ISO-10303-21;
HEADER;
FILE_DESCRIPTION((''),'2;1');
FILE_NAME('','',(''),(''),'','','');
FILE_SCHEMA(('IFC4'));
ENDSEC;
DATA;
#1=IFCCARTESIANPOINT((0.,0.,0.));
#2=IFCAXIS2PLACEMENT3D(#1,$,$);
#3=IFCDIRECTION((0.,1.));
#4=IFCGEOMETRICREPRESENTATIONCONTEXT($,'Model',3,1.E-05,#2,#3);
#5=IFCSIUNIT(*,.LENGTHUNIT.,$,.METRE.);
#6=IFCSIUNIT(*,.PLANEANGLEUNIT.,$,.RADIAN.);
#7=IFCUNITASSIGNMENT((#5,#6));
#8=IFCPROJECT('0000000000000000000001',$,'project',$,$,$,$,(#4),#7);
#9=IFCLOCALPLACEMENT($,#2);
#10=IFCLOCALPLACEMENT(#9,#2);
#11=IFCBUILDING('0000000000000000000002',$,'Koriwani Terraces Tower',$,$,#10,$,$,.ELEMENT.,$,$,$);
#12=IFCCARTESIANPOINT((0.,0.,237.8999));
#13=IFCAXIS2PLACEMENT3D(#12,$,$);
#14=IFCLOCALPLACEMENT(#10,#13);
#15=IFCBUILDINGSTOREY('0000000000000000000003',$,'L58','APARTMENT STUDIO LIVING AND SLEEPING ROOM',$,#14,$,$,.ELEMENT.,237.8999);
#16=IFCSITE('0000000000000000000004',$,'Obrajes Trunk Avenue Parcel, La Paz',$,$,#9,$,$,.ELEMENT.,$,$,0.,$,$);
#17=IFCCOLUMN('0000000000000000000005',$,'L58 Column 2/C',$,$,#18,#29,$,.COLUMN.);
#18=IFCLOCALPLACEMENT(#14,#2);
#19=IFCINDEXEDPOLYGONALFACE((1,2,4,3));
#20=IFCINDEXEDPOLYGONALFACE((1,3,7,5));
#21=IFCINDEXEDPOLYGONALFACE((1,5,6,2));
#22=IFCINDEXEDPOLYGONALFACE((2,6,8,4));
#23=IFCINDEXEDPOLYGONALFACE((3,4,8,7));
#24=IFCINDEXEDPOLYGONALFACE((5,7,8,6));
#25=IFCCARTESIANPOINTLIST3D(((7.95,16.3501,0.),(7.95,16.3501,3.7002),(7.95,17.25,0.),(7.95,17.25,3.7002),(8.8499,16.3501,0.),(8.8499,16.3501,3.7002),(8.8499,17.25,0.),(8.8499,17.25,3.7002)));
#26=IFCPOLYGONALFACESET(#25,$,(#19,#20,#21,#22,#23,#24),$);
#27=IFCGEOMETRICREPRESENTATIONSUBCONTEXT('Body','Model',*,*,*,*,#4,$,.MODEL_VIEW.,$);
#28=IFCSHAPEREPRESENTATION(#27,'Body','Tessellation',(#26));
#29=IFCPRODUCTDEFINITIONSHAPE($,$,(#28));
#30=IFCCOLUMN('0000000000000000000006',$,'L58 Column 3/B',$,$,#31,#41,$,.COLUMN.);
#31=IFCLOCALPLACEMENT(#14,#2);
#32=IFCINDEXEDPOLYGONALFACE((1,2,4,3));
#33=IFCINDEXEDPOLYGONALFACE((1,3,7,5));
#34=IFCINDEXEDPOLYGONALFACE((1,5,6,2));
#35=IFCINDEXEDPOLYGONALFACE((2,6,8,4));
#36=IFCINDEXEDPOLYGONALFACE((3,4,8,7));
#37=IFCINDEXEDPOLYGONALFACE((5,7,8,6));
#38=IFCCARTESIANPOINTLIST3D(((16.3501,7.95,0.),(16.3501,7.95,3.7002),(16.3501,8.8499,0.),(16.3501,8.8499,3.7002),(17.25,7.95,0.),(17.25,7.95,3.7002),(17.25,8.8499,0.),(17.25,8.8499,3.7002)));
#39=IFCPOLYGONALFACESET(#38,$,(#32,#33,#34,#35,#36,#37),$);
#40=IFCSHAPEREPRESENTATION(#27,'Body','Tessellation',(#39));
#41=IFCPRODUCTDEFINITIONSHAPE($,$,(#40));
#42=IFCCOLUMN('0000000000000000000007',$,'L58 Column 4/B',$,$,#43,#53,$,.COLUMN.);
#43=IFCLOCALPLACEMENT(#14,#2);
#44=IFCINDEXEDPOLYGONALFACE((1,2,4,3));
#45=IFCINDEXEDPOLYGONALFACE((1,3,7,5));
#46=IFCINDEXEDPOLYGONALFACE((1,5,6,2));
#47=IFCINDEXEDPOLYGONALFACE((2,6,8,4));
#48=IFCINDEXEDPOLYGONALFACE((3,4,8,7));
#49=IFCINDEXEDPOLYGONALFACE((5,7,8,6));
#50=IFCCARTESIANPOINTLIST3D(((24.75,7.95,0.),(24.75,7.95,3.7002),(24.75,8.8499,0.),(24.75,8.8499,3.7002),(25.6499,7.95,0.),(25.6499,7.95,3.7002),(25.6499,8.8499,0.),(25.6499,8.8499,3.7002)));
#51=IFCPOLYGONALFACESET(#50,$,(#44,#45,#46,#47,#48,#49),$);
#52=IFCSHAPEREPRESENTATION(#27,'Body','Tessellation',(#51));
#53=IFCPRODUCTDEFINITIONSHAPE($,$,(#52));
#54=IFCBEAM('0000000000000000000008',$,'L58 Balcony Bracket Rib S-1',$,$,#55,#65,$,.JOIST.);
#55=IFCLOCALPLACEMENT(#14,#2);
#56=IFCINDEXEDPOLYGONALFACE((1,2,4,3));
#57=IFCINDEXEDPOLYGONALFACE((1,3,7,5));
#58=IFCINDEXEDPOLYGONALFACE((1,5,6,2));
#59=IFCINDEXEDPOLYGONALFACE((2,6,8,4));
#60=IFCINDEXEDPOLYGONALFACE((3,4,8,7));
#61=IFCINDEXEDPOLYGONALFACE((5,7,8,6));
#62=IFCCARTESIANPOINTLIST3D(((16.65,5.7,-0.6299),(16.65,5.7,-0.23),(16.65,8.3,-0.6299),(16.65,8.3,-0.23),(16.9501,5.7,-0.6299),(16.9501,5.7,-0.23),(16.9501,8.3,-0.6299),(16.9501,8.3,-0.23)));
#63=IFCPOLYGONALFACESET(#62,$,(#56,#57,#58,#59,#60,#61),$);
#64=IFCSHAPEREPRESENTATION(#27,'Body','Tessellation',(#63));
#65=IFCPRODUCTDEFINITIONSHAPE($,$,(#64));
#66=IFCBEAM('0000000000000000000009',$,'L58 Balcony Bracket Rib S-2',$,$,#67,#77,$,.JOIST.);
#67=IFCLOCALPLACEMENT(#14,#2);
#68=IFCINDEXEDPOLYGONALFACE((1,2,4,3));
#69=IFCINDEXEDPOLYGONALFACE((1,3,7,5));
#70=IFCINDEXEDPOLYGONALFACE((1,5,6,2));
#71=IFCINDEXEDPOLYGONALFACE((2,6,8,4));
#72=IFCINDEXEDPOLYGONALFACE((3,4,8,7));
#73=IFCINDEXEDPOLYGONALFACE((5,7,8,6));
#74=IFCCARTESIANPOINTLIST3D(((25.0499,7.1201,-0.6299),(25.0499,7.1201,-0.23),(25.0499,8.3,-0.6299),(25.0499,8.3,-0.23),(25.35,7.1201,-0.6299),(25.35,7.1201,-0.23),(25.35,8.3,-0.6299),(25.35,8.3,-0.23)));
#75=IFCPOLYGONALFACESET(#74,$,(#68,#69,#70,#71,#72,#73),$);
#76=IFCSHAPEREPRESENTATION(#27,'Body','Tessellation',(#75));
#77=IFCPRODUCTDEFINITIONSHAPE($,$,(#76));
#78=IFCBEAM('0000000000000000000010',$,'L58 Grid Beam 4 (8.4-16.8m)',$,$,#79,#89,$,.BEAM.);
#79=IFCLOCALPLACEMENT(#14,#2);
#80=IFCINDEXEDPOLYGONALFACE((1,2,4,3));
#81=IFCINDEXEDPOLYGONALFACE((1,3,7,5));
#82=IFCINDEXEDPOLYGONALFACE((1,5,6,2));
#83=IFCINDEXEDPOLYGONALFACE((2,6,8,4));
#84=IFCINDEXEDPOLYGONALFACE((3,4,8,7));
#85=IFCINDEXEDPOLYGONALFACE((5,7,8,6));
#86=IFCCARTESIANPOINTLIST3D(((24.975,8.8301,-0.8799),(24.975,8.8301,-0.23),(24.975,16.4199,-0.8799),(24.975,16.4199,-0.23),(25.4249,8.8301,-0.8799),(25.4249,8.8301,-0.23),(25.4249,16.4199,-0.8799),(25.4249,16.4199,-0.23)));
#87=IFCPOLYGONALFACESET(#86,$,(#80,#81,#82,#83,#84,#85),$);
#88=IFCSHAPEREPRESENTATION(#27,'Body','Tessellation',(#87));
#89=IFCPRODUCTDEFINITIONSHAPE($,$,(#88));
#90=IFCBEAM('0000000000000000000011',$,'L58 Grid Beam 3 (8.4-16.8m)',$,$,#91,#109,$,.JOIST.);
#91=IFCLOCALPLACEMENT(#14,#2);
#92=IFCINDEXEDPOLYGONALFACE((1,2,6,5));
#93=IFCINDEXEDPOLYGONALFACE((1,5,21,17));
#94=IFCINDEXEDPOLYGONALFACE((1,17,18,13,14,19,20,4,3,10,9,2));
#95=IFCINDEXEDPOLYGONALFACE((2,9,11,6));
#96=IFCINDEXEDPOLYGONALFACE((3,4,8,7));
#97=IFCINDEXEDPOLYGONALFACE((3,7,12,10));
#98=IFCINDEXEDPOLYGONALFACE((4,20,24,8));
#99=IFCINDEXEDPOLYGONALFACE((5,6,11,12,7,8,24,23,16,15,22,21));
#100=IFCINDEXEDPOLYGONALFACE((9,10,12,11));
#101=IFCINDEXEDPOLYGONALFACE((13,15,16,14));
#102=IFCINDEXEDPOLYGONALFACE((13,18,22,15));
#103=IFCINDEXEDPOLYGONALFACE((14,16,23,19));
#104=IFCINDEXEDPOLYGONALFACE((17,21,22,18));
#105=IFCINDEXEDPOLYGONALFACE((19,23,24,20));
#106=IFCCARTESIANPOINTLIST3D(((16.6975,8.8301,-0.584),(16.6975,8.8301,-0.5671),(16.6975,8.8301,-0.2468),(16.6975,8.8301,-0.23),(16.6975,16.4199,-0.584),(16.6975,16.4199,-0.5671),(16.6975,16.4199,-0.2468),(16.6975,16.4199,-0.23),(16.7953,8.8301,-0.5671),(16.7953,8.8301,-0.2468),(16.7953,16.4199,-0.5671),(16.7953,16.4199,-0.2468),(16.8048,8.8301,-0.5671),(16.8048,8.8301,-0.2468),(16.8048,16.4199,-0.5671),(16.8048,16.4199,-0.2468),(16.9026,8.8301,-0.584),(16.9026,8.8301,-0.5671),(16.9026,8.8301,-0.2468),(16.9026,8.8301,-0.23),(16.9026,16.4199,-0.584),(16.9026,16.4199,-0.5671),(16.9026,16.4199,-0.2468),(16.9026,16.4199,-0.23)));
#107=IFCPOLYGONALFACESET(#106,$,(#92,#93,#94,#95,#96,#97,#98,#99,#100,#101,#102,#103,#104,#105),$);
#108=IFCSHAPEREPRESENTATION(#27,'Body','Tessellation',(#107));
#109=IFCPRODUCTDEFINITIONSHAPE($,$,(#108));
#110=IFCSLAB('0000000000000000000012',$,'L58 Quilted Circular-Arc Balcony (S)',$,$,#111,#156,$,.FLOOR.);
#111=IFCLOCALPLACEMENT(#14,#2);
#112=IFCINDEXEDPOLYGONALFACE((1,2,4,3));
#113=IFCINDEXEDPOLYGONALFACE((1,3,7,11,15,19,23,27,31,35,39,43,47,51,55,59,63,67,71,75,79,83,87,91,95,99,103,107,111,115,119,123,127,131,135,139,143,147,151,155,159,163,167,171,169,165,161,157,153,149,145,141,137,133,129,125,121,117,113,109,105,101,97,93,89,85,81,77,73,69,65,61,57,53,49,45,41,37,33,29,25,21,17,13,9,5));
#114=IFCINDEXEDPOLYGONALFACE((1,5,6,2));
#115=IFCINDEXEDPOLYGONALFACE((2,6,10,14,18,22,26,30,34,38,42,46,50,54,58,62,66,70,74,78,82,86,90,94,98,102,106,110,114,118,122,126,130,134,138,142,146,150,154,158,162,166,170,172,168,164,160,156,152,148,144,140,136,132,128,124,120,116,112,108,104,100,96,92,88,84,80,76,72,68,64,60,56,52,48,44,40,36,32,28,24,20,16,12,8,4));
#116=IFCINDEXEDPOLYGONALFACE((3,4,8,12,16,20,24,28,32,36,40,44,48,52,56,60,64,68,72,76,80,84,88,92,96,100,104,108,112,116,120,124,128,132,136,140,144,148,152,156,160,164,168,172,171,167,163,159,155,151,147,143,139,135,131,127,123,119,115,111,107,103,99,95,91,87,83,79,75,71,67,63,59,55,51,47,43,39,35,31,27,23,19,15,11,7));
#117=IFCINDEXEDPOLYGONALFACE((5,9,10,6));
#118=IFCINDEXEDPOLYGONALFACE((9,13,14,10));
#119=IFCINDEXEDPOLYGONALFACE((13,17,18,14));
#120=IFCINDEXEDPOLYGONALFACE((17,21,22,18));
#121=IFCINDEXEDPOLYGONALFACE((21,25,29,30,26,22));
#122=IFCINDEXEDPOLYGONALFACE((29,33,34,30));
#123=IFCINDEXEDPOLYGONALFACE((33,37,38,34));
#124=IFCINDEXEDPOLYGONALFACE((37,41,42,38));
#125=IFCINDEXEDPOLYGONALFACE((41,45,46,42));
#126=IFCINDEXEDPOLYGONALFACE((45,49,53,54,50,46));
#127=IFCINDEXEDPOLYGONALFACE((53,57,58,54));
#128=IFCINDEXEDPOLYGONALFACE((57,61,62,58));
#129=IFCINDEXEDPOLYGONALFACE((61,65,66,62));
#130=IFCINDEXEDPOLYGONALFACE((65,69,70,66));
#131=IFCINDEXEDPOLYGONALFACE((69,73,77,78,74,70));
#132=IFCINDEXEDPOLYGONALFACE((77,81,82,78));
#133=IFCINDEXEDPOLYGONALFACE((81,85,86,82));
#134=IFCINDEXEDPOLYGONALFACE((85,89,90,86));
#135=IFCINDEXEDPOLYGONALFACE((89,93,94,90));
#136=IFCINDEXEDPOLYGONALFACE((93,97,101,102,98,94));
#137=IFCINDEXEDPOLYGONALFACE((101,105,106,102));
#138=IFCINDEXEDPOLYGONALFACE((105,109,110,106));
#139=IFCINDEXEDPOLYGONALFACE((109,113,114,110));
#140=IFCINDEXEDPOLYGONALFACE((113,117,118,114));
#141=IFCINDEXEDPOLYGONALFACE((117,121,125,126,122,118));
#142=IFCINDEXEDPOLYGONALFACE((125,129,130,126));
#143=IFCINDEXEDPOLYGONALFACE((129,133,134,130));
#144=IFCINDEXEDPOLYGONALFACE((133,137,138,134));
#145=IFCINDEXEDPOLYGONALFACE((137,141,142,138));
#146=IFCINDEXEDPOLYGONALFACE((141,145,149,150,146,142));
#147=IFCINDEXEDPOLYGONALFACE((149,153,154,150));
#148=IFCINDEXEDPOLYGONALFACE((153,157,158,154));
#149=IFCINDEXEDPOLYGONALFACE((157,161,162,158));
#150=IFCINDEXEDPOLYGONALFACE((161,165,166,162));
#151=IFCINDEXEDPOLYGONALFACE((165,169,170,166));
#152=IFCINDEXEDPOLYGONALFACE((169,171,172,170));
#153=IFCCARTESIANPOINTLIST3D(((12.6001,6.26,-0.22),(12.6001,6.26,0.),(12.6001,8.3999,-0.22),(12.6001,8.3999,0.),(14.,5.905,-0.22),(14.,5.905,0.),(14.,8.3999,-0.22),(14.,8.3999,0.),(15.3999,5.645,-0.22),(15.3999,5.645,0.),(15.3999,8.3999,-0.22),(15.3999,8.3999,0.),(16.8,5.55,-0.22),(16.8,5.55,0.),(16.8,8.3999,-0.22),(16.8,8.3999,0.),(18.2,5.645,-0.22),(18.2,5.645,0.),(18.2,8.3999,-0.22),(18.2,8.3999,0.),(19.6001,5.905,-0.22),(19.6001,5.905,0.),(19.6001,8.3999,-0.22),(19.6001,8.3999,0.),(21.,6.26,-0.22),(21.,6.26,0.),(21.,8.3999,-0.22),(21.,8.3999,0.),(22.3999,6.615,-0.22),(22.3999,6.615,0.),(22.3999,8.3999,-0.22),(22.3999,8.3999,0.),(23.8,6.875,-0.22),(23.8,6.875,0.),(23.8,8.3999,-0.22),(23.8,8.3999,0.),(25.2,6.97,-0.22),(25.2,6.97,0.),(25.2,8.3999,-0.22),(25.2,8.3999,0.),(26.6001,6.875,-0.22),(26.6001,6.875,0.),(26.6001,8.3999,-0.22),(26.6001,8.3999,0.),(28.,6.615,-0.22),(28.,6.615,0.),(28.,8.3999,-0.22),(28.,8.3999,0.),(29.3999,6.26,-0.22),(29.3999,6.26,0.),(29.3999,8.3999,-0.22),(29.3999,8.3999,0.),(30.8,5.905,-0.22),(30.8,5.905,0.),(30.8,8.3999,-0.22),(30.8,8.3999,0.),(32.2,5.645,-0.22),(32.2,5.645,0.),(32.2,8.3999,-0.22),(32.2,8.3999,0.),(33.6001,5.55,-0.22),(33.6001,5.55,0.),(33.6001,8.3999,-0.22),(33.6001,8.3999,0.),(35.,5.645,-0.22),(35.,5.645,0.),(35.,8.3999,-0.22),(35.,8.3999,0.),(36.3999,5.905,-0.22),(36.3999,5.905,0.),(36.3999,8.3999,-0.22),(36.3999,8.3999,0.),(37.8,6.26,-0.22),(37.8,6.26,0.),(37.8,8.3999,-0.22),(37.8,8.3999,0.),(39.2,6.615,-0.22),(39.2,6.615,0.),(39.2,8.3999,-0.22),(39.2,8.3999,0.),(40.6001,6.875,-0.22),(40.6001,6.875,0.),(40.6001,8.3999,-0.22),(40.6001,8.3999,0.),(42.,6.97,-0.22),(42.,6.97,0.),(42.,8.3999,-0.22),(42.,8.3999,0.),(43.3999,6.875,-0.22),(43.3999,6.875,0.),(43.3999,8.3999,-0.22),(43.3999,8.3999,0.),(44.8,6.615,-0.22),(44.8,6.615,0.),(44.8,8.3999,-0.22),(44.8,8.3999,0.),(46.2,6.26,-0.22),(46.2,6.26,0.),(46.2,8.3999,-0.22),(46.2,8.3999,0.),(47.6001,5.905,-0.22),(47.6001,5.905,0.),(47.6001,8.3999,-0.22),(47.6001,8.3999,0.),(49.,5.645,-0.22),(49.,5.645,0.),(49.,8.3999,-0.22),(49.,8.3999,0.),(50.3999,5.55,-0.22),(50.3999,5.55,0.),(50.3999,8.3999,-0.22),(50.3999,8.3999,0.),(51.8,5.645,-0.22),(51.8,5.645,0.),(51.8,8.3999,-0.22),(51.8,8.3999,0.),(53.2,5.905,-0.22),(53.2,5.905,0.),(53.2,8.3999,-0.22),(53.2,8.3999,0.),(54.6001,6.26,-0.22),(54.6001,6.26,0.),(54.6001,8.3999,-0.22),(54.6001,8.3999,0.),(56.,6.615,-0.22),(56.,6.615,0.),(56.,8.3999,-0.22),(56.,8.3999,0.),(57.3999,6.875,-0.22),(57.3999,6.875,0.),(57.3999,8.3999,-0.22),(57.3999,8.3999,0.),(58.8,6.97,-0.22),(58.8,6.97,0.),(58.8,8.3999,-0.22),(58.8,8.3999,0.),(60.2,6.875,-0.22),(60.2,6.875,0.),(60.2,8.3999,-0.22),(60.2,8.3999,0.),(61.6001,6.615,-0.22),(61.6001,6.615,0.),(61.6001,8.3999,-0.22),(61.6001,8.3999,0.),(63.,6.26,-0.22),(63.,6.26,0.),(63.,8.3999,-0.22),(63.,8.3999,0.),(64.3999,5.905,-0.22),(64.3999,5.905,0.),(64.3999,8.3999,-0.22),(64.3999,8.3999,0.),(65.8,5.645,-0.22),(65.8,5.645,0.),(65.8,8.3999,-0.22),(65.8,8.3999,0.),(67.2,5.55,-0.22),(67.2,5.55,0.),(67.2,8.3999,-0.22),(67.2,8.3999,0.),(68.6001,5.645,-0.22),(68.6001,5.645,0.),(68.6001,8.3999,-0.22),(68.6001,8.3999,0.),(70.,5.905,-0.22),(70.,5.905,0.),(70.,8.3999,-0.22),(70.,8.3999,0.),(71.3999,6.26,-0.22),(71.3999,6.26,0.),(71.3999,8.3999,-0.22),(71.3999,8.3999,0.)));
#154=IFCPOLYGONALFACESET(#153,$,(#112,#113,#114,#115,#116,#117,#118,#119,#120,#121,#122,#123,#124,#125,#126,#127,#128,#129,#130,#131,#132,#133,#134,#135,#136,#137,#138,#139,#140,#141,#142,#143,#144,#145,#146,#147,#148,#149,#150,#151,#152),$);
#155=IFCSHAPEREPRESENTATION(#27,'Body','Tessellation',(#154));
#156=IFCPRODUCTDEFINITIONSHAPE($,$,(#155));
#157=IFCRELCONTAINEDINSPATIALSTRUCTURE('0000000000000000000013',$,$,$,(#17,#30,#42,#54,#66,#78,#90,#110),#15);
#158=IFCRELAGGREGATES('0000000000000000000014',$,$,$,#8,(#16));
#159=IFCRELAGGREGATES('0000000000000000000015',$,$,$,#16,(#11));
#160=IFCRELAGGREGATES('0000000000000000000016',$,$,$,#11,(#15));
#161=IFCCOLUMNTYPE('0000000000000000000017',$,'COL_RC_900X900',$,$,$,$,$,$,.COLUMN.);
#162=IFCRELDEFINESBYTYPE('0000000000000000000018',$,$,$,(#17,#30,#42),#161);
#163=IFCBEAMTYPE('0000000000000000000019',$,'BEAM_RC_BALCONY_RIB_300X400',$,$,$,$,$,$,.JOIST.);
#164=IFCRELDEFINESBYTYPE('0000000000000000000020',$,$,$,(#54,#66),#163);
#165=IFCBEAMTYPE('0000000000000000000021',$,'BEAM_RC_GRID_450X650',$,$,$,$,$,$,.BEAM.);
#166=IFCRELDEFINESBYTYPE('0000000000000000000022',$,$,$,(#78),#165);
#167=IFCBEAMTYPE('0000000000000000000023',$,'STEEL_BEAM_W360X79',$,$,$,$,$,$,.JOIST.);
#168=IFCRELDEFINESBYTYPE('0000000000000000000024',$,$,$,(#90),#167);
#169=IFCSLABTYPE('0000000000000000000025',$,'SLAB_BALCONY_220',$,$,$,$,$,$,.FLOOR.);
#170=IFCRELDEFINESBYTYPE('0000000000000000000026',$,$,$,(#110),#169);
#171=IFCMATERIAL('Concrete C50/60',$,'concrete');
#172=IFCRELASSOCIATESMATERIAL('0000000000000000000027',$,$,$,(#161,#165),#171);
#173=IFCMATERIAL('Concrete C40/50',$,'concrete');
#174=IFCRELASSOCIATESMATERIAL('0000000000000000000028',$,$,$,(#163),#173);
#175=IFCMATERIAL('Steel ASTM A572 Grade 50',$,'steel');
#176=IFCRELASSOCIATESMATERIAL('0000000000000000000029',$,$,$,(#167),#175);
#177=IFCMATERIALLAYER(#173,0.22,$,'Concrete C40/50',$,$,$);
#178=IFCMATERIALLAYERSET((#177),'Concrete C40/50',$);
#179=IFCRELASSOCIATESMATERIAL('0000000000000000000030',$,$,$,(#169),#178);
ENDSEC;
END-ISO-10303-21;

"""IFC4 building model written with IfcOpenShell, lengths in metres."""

from ifc_helpers import new_model, si_unit, direction, frame, origin, origin_2d, place, context, subcontext, project, spatial, polyline, rectangle, i_section, outline, extrude, material, layer, layer_set, material_profile, profile_set, type_object, element, save


model = new_model("IFC4")

# Units and contexts
model_context = context("Model", 3, precision=1e-05, world=origin(), true_north=direction((0.0, 1.0)))
body_context = subcontext(model_context, "Body", "Model", "MODEL_VIEW")
ifc_project = project(units=[si_unit("LENGTHUNIT", "METRE"), si_unit("PLANEANGLEUNIT", "RADIAN")], contexts=[model_context])

# Site, building, storey
site_placement = place(None, origin())
site = spatial("IfcSite", under=ifc_project, at=site_placement, Name="Obrajes Trunk Avenue Parcel, La Paz", CompositionType="ELEMENT", RefElevation=0.0)
building_placement = place(site_placement, origin())
building = spatial("IfcBuilding", under=site, at=building_placement, Name="Koriwani Terraces Tower", CompositionType="ELEMENT")
storey_placement = place(building_placement, frame((0.0, 0.0, 237.8999)))
storey = spatial("IfcBuildingStorey", under=building, at=storey_placement, Name="L58", Description="APARTMENT STUDIO LIVING AND SLEEPING ROOM", CompositionType="ELEMENT", Elevation=237.8999)

# Columns
ifc_material_1 = material(Name="Concrete C50/60", Category="concrete")
ifc_material_profile_1 = material_profile(ifc_material_1, rectangle(XDim=0.8999, YDim=0.8999, at=origin_2d()), Name="Concrete C50/60", Category="LoadBearing")
ifc_profile_set_1 = profile_set([ifc_material_profile_1], Name="Concrete C50/60")
column_type = type_object("IfcColumnType", Name="COL_RC_900X900", PredefinedType="COLUMN", material=ifc_profile_set_1)
for number, where, z_axis, x_axis, name in (
    (1, (8.3999, 16.8, 0.0), (0.0, 0.0, 1.0), (1.0, 0.0, 0.0), "L58 Column 2/C"),
    (2, (16.8, 8.3999, 0.0), (0.0, 0.0, 1.0), (1.0, 0.0, 0.0), "L58 Column 3/B"),
    (3, (25.2, 8.3999, 0.0), (0.0, 0.0, 1.0), (1.0, 0.0, 0.0), "L58 Column 4/B"),
):
    element("IfcColumn", number, at=place(storey_placement, frame(where, z_axis=z_axis, x_axis=x_axis)), inside=storey, type_object=column_type, Name=name, PredefinedType="COLUMN", context=body_context, shape_type="SweptSolid", body=[
        extrude(rectangle(XDim=0.8999, YDim=0.8999, at=origin_2d()), origin(), (0.0, 0.0, 1.0), 3.7002),
    ])

# Beams
ifc_material_2 = material(Name="Concrete C40/50", Category="concrete")
ifc_material_profile_2 = material_profile(ifc_material_2, rectangle(XDim=0.3, YDim=0.3999, at=origin_2d()), Name="Concrete C40/50", Category="LoadBearing")
ifc_profile_set_2 = profile_set([ifc_material_profile_2], Name="Concrete C40/50")
beam_type_1 = type_object("IfcBeamType", Name="BEAM_RC_BALCONY_RIB_300X400", PredefinedType="JOIST", material=ifc_profile_set_2)
beam_1_placement = place(storey_placement, frame((16.8, 5.7, -0.4299), z_axis=(0.0, 1.0, 0.0), x_axis=(-1.0, 0.0, 0.0)))
element("IfcBeam", 4, at=beam_1_placement, inside=storey, type_object=beam_type_1, Name="L58 Balcony Bracket Rib S-1", PredefinedType="JOIST", context=body_context, shape_type="SweptSolid", body=[
    extrude(rectangle(XDim=0.3, YDim=0.3999, at=origin_2d()), origin(), (0.0, 0.0, 1.0), 2.6001),
])
beam_2_placement = place(storey_placement, frame((25.2, 7.1201, -0.4299), z_axis=(0.0, 1.0, 0.0), x_axis=(-1.0, 0.0, 0.0)))
element("IfcBeam", 5, at=beam_2_placement, inside=storey, type_object=beam_type_1, Name="L58 Balcony Bracket Rib S-2", PredefinedType="JOIST", context=body_context, shape_type="SweptSolid", body=[
    extrude(rectangle(XDim=0.3, YDim=0.3999, at=origin_2d()), origin(), (0.0, 0.0, 1.0), 1.1799),
])
ifc_material_profile_3 = material_profile(ifc_material_1, rectangle(XDim=0.45, YDim=0.6499, at=origin_2d()), Name="Concrete C50/60", Category="LoadBearing")
ifc_profile_set_3 = profile_set([ifc_material_profile_3], Name="Concrete C50/60")
beam_type_2 = type_object("IfcBeamType", Name="BEAM_RC_GRID_450X650", PredefinedType="BEAM", material=ifc_profile_set_3)
beam_3_placement = place(storey_placement, frame((25.2, 8.8301, -0.5549), z_axis=(0.0, 1.0, 0.0), x_axis=(-1.0, 0.0, 0.0)))
element("IfcBeam", 6, at=beam_3_placement, inside=storey, type_object=beam_type_2, Name="L58 Grid Beam 4 (8.4-16.8m)", PredefinedType="BEAM", context=body_context, shape_type="SweptSolid", body=[
    extrude(rectangle(XDim=0.45, YDim=0.6499, at=origin_2d()), origin(), (0.0, 0.0, 1.0), 7.5898),
])
ifc_material_3 = material(Name="Steel ASTM A572 Grade 50", Category="steel")
ifc_material_profile_4 = material_profile(ifc_material_3, i_section(OverallWidth=0.2051, OverallDepth=0.354, WebThickness=0.0095, FlangeThickness=0.0168, at=origin_2d()), Name="Steel ASTM A572 Grade 50", Category="LoadBearing")
ifc_profile_set_4 = profile_set([ifc_material_profile_4], Name="Steel ASTM A572 Grade 50")
beam_type_3 = type_object("IfcBeamType", Name="STEEL_BEAM_W360X79", PredefinedType="JOIST", material=ifc_profile_set_4)
beam_4_placement = place(storey_placement, frame((16.8, 8.8301, -0.407), z_axis=(0.0, 1.0, 0.0), x_axis=(-1.0, 0.0, 0.0)))
element("IfcBeam", 7, at=beam_4_placement, inside=storey, type_object=beam_type_3, Name="L58 Grid Beam 3 (8.4-16.8m)", PredefinedType="JOIST", context=body_context, shape_type="SweptSolid", body=[
    extrude(i_section(OverallWidth=0.2051, OverallDepth=0.354, WebThickness=0.0095, FlangeThickness=0.0168, at=origin_2d()), origin(), (0.0, 0.0, 1.0), 7.5898),
])

# Slab
ifc_layer_1 = layer(ifc_material_2, 0.22, Name="Concrete C40/50")
ifc_layer_set_1 = layer_set([ifc_layer_1], Name="Concrete C40/50")
slab_type_1 = type_object("IfcSlabType", Name="SLAB_BALCONY_220", PredefinedType="FLOOR", material=ifc_layer_set_1)
slab_1_placement = place(storey_placement, frame((0.0, 0.0, -0.22)))
element("IfcSlab", 8, at=slab_1_placement, inside=storey, type_object=slab_type_1, Name="L58 Quilted Circular-Arc Balcony (S)", PredefinedType="FLOOR", context=body_context, shape_type="SweptSolid", body=[
    extrude(outline(polyline([(12.6001, 8.3999), (14.0, 8.3999), (15.3999, 8.3999), (16.8, 8.3999), (18.2, 8.3999), (19.6001, 8.3999), (21.0, 8.3999), (22.3999, 8.3999), (23.8, 8.3999), (25.2, 8.3999), (26.6001, 8.3999), (28.0, 8.3999), (29.3999, 8.3999), (30.8, 8.3999), (32.2, 8.3999), (33.6001, 8.3999), (35.0, 8.3999), (36.3999, 8.3999), (37.8, 8.3999), (39.2, 8.3999), (40.6001, 8.3999), (42.0, 8.3999), (43.3999, 8.3999), (44.8, 8.3999), (46.2, 8.3999), (47.6001, 8.3999), (49.0, 8.3999), (50.3999, 8.3999), (51.8, 8.3999), (53.2, 8.3999), (54.6001, 8.3999), (56.0, 8.3999), (57.3999, 8.3999), (58.8, 8.3999), (60.2, 8.3999), (61.6001, 8.3999), (63.0, 8.3999), (64.3999, 8.3999), (65.8, 8.3999), (67.2, 8.3999), (68.6001, 8.3999), (70.0, 8.3999), (71.3999, 8.3999), (71.3999, 6.26), (70.0, 5.905), (68.6001, 5.645), (67.2, 5.55), (65.8, 5.645), (64.3999, 5.905), (63.0, 6.26), (61.6001, 6.615), (60.2, 6.875), (58.8, 6.97), (57.3999, 6.875), (56.0, 6.615), (54.6001, 6.26), (53.2, 5.905), (51.8, 5.645), (50.3999, 5.55), (49.0, 5.645), (47.6001, 5.905), (46.2, 6.26), (44.8, 6.615), (43.3999, 6.875), (42.0, 6.97), (40.6001, 6.875), (39.2, 6.615), (37.8, 6.26), (36.3999, 5.905), (35.0, 5.645), (33.6001, 5.55), (32.2, 5.645), (30.8, 5.905), (29.3999, 6.26), (28.0, 6.615), (26.6001, 6.875), (25.2, 6.97), (23.8, 6.875), (22.3999, 6.615), (21.0, 6.26), (19.6001, 5.905), (18.2, 5.645), (16.8, 5.55), (15.3999, 5.645), (14.0, 5.905), (12.6001, 6.26), (12.6001, 8.3999)])), origin(), (0.0, 0.0, 1.0), 0.22),
])

save(model, "model.ifc")
